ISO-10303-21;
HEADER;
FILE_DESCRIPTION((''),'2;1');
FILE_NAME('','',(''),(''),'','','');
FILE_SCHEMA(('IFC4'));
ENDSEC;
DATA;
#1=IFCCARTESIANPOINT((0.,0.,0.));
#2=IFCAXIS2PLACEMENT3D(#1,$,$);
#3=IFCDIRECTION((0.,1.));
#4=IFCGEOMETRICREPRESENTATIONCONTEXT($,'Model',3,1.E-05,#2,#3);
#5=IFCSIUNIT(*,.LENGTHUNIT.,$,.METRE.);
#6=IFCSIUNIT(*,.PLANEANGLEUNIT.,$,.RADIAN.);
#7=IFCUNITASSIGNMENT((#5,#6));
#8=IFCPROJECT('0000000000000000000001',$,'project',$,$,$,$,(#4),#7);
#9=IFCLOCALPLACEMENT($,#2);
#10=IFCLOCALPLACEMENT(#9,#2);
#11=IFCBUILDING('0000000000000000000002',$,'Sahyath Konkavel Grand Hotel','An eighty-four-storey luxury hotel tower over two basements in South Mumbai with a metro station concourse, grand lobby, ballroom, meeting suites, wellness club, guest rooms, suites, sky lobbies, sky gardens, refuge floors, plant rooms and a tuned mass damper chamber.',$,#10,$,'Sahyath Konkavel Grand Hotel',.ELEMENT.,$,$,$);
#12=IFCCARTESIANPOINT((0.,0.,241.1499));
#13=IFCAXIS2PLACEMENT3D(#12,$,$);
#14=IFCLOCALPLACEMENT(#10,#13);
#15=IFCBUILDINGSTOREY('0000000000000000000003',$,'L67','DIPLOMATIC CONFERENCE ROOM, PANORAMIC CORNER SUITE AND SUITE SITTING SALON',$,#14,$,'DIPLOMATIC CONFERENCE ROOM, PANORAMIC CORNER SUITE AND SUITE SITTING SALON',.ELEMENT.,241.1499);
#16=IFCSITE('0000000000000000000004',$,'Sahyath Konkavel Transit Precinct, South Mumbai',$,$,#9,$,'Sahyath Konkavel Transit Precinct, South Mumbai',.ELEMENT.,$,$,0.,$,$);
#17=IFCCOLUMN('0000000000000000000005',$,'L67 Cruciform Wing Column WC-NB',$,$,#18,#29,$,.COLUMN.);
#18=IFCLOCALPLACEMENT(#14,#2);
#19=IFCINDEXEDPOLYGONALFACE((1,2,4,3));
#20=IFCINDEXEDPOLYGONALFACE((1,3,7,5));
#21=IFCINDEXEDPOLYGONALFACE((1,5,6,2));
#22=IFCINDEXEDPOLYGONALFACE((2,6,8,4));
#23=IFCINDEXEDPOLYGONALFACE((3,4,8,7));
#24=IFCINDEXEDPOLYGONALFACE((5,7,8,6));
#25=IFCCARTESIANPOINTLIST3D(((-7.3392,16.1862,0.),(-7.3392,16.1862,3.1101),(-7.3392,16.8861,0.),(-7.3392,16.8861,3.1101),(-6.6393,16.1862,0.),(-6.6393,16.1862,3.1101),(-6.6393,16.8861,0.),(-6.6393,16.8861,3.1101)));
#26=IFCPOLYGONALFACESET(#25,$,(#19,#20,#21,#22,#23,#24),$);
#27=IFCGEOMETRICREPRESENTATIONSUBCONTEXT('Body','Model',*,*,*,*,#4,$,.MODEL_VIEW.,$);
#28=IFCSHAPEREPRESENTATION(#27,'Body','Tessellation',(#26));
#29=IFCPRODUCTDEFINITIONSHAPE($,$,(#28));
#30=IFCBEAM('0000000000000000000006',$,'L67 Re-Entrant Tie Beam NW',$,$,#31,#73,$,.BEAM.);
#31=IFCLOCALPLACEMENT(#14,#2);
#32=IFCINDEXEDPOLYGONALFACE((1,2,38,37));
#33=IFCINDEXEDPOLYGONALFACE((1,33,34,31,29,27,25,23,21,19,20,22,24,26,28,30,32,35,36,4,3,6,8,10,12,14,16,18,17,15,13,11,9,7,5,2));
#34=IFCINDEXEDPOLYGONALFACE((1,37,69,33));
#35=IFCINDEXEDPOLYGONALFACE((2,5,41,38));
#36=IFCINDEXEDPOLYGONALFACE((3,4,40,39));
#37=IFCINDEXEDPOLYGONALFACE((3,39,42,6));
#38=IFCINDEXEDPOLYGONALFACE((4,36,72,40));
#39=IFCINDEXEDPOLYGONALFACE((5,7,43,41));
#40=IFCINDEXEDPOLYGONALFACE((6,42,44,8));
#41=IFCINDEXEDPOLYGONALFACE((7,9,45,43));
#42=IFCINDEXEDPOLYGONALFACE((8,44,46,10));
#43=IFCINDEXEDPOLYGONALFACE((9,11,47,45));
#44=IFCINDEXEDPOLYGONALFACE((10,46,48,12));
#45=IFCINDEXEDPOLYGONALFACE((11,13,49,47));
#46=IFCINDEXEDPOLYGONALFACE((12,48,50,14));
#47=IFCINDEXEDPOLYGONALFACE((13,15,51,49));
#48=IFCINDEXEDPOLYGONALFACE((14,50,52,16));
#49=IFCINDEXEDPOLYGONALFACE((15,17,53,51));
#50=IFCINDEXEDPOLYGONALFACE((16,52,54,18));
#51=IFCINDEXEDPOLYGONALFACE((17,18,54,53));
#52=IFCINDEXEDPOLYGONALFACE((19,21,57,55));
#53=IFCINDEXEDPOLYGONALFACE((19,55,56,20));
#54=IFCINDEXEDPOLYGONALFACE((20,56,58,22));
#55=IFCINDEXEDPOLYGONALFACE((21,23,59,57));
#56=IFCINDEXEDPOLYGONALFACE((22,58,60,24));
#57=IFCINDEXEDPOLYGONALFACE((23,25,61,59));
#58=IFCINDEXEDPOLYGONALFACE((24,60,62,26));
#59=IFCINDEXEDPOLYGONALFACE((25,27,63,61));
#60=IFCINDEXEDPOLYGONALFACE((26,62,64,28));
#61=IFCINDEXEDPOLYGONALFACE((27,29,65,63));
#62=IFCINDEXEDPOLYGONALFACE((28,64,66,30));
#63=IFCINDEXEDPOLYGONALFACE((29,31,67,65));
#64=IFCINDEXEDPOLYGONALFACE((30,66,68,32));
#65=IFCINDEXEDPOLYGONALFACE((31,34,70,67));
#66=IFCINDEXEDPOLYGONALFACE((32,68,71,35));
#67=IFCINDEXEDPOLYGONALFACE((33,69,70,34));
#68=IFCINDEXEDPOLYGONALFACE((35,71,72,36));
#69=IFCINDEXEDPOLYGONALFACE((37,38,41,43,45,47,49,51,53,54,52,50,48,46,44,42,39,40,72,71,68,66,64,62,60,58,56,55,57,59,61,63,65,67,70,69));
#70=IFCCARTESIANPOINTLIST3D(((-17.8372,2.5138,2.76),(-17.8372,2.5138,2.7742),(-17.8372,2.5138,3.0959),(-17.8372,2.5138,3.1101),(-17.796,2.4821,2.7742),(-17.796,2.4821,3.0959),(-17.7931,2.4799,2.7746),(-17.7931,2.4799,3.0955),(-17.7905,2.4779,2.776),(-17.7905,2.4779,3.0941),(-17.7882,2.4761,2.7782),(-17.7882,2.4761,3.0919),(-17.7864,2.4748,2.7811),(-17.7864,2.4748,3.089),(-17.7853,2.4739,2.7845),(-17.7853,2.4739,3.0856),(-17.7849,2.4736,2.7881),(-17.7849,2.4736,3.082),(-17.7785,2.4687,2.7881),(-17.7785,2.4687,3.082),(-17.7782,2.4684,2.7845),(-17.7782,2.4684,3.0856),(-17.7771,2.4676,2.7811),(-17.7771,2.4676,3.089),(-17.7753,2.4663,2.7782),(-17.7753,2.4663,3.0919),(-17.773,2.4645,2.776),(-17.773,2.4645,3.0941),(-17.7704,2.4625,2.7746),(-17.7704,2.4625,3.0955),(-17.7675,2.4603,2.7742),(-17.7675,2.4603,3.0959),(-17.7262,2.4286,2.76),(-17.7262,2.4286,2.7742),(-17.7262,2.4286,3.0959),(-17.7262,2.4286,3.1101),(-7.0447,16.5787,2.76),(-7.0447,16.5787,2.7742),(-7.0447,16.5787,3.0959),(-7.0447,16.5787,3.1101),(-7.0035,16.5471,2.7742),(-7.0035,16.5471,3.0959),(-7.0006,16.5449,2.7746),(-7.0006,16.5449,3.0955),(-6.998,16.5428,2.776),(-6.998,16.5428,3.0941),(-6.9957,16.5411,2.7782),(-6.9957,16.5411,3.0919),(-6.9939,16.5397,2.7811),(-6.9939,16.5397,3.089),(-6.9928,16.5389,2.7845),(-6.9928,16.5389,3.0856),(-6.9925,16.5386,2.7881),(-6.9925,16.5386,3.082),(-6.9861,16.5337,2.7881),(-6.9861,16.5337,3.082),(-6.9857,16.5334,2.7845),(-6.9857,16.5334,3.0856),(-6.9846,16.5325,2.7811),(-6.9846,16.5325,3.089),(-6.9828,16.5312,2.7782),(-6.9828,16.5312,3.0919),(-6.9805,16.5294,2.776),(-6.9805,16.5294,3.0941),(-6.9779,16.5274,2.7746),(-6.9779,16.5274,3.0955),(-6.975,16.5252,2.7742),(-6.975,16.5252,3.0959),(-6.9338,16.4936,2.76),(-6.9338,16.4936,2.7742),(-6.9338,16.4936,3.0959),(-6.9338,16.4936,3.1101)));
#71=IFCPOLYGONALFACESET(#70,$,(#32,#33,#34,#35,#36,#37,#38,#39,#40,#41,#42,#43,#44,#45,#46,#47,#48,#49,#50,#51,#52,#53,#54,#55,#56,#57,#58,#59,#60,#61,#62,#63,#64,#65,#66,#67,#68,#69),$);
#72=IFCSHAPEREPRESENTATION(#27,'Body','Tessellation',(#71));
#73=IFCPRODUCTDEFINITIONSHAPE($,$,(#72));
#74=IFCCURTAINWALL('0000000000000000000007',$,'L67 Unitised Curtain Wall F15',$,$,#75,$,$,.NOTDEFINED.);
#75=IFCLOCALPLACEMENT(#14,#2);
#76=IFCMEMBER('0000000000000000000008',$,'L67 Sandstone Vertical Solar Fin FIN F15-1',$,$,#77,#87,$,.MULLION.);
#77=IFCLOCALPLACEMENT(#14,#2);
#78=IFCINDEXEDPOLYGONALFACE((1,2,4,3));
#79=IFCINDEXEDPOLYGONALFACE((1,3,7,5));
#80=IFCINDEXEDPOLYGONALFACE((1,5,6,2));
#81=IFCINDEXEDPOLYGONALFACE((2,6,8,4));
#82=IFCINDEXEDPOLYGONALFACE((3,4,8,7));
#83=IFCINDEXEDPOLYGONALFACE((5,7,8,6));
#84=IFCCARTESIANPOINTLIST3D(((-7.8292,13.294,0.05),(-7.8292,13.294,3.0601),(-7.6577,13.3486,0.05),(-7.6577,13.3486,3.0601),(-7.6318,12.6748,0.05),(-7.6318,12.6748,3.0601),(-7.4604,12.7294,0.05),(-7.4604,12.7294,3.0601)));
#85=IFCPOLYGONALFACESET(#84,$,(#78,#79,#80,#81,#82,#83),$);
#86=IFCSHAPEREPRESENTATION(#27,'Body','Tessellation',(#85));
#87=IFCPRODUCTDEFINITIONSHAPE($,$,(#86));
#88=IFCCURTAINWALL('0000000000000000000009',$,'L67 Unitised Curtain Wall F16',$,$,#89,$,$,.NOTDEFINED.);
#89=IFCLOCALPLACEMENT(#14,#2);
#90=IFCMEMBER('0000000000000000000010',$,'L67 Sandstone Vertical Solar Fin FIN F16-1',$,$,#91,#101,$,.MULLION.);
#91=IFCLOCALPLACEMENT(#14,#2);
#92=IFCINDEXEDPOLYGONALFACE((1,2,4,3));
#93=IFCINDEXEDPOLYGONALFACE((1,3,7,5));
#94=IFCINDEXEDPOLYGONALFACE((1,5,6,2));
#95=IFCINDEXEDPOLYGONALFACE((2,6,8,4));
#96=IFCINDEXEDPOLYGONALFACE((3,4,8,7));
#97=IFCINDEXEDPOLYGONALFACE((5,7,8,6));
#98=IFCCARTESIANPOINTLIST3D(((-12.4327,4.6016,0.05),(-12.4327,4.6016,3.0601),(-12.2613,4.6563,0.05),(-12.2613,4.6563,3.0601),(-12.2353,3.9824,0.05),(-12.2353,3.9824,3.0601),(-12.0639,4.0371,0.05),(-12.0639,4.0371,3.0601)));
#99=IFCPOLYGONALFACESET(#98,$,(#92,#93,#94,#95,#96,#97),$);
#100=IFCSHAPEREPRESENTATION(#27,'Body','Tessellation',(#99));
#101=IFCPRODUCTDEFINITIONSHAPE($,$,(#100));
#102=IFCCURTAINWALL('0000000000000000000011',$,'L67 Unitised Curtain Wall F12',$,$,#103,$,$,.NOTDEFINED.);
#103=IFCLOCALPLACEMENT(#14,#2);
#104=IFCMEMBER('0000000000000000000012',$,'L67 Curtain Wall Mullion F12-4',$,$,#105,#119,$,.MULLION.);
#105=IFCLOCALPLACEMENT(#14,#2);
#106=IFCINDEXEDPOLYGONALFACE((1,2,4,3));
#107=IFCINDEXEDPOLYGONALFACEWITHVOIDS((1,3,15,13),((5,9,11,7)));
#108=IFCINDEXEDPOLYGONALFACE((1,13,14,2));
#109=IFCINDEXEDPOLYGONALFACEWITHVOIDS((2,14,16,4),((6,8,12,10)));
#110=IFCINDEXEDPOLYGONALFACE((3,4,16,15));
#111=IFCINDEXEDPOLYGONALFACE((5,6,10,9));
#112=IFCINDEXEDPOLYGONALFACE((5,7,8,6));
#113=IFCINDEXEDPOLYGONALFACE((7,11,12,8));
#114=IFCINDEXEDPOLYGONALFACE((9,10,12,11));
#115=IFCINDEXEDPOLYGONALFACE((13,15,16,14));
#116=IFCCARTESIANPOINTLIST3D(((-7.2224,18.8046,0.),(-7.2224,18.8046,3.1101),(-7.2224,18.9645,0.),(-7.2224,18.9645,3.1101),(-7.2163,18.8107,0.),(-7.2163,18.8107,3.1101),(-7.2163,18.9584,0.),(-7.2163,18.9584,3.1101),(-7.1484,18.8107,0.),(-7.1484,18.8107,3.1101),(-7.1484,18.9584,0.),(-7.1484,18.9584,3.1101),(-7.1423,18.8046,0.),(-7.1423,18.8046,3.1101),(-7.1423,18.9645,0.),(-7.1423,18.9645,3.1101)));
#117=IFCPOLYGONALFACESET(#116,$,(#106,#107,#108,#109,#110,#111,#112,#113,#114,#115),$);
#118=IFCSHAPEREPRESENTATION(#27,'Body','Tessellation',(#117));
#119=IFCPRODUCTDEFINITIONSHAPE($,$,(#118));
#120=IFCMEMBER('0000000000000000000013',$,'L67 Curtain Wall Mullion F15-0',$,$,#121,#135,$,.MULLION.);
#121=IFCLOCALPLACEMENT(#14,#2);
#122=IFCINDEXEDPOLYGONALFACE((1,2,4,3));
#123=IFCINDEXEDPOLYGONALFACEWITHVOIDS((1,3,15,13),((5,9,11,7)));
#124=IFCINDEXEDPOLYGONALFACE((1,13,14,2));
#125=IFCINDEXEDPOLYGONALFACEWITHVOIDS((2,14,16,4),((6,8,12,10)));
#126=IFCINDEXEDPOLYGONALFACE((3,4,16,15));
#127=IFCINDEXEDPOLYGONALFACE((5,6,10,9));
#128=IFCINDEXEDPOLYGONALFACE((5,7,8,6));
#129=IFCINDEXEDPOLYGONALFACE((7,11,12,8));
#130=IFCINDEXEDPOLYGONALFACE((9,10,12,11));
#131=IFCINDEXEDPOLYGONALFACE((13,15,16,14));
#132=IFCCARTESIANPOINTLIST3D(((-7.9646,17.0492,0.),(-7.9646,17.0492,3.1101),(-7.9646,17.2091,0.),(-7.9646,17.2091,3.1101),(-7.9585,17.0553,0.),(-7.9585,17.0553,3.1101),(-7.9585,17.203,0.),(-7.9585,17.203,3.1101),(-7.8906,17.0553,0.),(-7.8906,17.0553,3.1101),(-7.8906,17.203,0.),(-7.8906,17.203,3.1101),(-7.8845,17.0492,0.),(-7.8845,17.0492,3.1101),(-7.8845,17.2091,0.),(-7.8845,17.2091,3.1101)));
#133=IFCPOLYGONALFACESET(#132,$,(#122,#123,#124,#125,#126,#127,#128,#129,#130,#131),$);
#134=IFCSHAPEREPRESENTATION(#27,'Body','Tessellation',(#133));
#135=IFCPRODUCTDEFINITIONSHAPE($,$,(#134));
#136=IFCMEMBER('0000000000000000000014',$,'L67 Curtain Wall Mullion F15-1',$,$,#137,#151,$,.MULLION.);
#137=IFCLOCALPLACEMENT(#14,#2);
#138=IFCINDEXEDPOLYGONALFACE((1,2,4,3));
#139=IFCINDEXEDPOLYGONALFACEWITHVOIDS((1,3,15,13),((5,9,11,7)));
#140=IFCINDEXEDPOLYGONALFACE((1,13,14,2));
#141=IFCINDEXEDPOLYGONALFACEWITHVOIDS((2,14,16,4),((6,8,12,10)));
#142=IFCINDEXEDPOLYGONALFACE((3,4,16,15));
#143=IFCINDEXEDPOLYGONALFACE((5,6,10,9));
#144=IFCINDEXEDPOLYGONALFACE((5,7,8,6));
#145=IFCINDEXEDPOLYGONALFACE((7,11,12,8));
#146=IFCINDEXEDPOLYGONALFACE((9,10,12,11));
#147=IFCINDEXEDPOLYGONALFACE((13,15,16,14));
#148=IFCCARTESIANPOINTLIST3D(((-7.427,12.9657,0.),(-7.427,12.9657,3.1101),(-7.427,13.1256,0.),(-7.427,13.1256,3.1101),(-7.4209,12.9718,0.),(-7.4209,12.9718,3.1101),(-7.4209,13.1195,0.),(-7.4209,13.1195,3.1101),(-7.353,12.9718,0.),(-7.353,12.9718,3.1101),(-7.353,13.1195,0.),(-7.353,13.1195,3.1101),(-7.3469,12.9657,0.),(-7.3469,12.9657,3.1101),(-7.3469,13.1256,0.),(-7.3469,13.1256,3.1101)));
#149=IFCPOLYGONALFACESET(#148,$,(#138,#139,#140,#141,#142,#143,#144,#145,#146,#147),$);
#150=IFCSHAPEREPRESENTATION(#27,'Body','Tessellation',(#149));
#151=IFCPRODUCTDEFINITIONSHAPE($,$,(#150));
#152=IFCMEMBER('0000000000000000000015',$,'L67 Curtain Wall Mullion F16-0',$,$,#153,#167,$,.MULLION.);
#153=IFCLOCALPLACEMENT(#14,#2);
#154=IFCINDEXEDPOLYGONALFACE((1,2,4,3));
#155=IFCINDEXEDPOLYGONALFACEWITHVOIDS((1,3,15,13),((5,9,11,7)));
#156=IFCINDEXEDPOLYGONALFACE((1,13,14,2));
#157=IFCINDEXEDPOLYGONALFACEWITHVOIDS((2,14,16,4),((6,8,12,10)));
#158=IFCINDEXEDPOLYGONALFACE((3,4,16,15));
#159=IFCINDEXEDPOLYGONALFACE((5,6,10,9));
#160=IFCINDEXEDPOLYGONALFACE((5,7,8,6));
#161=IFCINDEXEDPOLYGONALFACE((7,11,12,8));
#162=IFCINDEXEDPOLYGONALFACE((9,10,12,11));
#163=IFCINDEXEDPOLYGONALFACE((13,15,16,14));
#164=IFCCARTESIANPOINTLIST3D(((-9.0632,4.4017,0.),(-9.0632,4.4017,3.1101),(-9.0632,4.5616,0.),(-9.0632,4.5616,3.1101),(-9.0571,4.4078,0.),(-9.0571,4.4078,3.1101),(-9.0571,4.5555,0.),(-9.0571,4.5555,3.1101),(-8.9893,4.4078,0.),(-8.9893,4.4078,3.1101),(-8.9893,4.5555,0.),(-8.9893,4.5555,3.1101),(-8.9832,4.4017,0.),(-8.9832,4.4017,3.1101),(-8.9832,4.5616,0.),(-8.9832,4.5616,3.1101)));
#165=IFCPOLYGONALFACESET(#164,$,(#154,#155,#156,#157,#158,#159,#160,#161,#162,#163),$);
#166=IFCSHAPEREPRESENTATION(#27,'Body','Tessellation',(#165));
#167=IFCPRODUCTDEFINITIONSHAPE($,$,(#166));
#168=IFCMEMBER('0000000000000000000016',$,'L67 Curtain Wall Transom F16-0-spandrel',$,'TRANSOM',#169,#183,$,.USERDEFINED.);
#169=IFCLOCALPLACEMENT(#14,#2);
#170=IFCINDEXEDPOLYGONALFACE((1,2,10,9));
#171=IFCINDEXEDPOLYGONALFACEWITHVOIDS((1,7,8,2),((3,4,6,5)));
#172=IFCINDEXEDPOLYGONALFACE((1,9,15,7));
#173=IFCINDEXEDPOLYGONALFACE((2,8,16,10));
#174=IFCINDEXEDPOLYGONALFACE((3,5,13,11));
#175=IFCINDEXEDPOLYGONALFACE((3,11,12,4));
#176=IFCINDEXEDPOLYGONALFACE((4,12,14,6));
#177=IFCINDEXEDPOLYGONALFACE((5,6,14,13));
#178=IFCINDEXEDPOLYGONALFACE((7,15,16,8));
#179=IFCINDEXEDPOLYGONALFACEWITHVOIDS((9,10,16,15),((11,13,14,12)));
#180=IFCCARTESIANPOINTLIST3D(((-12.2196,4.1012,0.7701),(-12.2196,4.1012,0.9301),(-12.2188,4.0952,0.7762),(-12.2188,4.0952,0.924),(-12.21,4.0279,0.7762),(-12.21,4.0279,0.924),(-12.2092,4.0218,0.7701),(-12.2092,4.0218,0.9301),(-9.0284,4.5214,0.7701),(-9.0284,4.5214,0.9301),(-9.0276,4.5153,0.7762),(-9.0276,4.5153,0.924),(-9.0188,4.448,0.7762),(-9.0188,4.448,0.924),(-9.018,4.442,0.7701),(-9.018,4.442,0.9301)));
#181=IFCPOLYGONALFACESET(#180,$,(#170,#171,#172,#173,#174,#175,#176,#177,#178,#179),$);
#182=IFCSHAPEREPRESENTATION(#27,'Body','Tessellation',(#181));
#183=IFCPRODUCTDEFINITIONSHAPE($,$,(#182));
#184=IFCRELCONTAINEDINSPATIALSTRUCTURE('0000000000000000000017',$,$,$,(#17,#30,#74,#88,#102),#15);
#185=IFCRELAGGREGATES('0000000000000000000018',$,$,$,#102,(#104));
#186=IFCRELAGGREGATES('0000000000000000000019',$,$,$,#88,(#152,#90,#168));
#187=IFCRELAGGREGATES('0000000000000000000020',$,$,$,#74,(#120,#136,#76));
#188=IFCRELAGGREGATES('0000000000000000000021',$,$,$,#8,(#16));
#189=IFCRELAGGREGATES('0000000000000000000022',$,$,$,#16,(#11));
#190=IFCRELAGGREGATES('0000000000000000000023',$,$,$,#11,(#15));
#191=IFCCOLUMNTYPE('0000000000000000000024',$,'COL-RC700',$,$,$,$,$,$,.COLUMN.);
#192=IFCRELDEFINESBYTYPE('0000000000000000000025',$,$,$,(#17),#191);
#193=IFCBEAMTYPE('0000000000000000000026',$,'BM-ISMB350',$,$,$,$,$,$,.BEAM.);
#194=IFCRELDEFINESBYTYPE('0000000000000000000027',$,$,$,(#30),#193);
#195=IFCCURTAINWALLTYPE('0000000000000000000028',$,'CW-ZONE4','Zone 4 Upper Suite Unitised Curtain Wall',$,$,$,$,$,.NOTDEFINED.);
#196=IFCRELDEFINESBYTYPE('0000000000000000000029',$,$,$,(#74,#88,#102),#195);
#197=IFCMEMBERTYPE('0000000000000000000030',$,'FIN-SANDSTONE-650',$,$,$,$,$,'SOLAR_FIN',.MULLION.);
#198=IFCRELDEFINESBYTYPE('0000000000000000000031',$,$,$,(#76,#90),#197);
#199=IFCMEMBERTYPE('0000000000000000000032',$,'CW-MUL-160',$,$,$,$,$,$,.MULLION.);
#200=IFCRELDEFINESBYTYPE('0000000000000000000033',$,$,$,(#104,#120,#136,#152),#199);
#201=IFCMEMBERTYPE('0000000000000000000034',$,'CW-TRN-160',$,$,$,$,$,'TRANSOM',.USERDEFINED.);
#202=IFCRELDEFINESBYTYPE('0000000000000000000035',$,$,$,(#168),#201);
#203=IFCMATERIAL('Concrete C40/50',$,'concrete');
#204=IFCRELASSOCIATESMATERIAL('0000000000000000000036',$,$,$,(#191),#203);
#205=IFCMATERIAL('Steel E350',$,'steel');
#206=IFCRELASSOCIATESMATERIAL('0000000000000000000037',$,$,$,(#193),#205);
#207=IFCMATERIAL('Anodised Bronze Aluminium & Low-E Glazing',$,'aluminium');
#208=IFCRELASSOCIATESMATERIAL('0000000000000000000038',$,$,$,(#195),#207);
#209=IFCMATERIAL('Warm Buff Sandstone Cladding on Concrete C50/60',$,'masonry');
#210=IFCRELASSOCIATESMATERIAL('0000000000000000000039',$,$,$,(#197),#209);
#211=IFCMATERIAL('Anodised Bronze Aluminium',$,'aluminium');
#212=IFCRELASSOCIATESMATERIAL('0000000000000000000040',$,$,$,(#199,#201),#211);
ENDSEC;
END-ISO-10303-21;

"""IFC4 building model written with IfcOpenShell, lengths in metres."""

from ifc_helpers import new_model, si_unit, direction, frame, origin, origin_2d, place, context, subcontext, project, spatial, rectangle, hollow_rectangle, i_section, extrude, source, transform, mapped, material, material_profile, profile_set, type_object, element, aggregate, save


model = new_model("IFC4")

# Units and contexts
model_context = context("Model", 3, precision=1e-05, world=origin(), true_north=direction((0.0, 1.0)))
body_context = subcontext(model_context, "Body", "Model", "MODEL_VIEW")
ifc_project = project(units=[si_unit("LENGTHUNIT", "METRE"), si_unit("PLANEANGLEUNIT", "RADIAN")], contexts=[model_context])

# Site, building, storey
site_placement = place(None, origin())
site = spatial("IfcSite", under=ifc_project, at=site_placement, Name="Sahyath Konkavel Transit Precinct, South Mumbai", LongName="Sahyath Konkavel Transit Precinct, South Mumbai", CompositionType="ELEMENT", RefElevation=0.0)
building_placement = place(site_placement, origin())
building = spatial("IfcBuilding", under=site, at=building_placement, Name="Sahyath Konkavel Grand Hotel", Description="An eighty-four-storey luxury hotel tower over two basements in South Mumbai with a metro station concourse, grand lobby, ballroom, meeting suites, wellness club, guest rooms, suites, sky lobbies, sky gardens, refuge floors, plant rooms and a tuned mass damper chamber.", LongName="Sahyath Konkavel Grand Hotel", CompositionType="ELEMENT")
storey_placement = place(building_placement, frame((0.0, 0.0, 241.1499)))
storey = spatial("IfcBuildingStorey", under=building, at=storey_placement, Name="L67", Description="DIPLOMATIC CONFERENCE ROOM, PANORAMIC CORNER SUITE AND SUITE SITTING SALON", LongName="DIPLOMATIC CONFERENCE ROOM, PANORAMIC CORNER SUITE AND SUITE SITTING SALON", CompositionType="ELEMENT", Elevation=241.1499)

# Column
ifc_material_1 = material(Name="Concrete C40/50", Category="concrete")
ifc_material_profile_1 = material_profile(ifc_material_1, rectangle(XDim=0.7, YDim=0.7, at=origin_2d()), Name="RC 700x700")
ifc_profile_set_1 = profile_set([ifc_material_profile_1], Name="Concrete C40/50")
column_type = type_object("IfcColumnType", Name="COL-RC700", PredefinedType="COLUMN", material=ifc_profile_set_1)
shared_shape_1 = source(origin(), body_context, "Body", "SweptSolid", [
    extrude(rectangle(XDim=0.7, YDim=0.7, at=origin_2d()), origin(), (0.0, 0.0, 1.0), 3.1101),
])
column_placement = place(storey_placement, frame((-6.9893, 16.5361, 0.0), z_axis=(0.0, 0.0, 1.0), x_axis=(1.0, 0.0, 0.0)))
element("IfcColumn", 1, at=column_placement, inside=storey, type_object=column_type, Name="L67 Cruciform Wing Column WC-NB", PredefinedType="COLUMN", context=body_context, shape_type="MappedRepresentation", body=[
    mapped(shared_shape_1, transform((0.0, 0.0, 0.0), scale=1.0)),
])

# Beam
ifc_material_2 = material(Name="Steel E350", Category="steel")
ifc_material_profile_2 = material_profile(ifc_material_2, i_section(OverallWidth=0.1399, OverallDepth=0.3501, WebThickness=0.0081, FlangeThickness=0.0142, FilletRadius=0.0139, at=origin_2d()), Name="ISMB 350")
ifc_profile_set_2 = profile_set([ifc_material_profile_2], Name="Steel E350")
beam_type = type_object("IfcBeamType", Name="BM-ISMB350", PredefinedType="BEAM", material=ifc_profile_set_2)
shared_shape_2 = source(origin(), body_context, "Body", "SweptSolid", [
    extrude(i_section(OverallWidth=0.1399, OverallDepth=0.3501, WebThickness=0.0081, FlangeThickness=0.0142, FilletRadius=0.0139, at=origin_2d()), origin(), (0.0, 0.0, 1.0), 17.7285),
])
beam_placement = place(storey_placement, frame((-6.9893, 16.5361, 2.9351), z_axis=(-0.608764, -0.793351, 0.0), x_axis=(0.793351, -0.608764, 0.0)))
element("IfcBeam", 2, at=beam_placement, inside=storey, type_object=beam_type, Name="L67 Re-Entrant Tie Beam NW", PredefinedType="BEAM", context=body_context, shape_type="MappedRepresentation", body=[
    mapped(shared_shape_2, transform((0.0, 0.0, 0.0), scale=1.0)),
])

# Curtain walls, members
ifc_material_3 = material(Name="Anodised Bronze Aluminium & Low-E Glazing", Category="aluminium")
curtain_wall_type = type_object("IfcCurtainWallType", Name="CW-ZONE4", Description="Zone 4 Upper Suite Unitised Curtain Wall", PredefinedType="NOTDEFINED", material=ifc_material_3)
curtain_wall_1_placement = place(storey_placement, origin())
curtain_wall_1 = element("IfcCurtainWall", 3, at=curtain_wall_1_placement, inside=storey, type_object=curtain_wall_type, Name="L67 Unitised Curtain Wall F15", PredefinedType="NOTDEFINED")
ifc_material_4 = material(Name="Warm Buff Sandstone Cladding on Concrete C50/60", Category="masonry")
ifc_material_profile_3 = material_profile(ifc_material_4, rectangle(XDim=0.1799, YDim=0.6499, at=origin_2d()), Name="FIN 180x650")
ifc_profile_set_3 = profile_set([ifc_material_profile_3], Name="Warm Buff Sandstone Cladding on Concrete C50/60")
member_type_1 = type_object("IfcMemberType", Name="FIN-SANDSTONE-650", ElementType="SOLAR_FIN", PredefinedType="MULLION", material=ifc_profile_set_3)
shared_shape_3 = source(origin(), body_context, "Body", "SweptSolid", [
    extrude(rectangle(XDim=0.1799, YDim=0.6499, at=origin_2d()), origin(), (0.0, 0.0, 1.0), 3.01),
])
member_1_placement = place(storey_placement, frame((-7.6448, 13.0117, 0.05), z_axis=(0.0, 0.0, 1.0), x_axis=(0.952768, 0.303701, 0.0)))
member_1 = element("IfcMember", 4, at=member_1_placement, type_object=member_type_1, Name="L67 Sandstone Vertical Solar Fin FIN F15-1", PredefinedType="MULLION", context=body_context, shape_type="MappedRepresentation", body=[
    mapped(shared_shape_3, transform((0.0, 0.0, 0.0), scale=1.0)),
])
curtain_wall_2_placement = place(storey_placement, origin())
curtain_wall_2 = element("IfcCurtainWall", 5, at=curtain_wall_2_placement, inside=storey, type_object=curtain_wall_type, Name="L67 Unitised Curtain Wall F16", PredefinedType="NOTDEFINED")
member_2_placement = place(storey_placement, frame((-12.2483, 4.3193, 0.05), z_axis=(0.0, 0.0, 1.0), x_axis=(0.952768, 0.303701, 0.0)))
member_2 = element("IfcMember", 6, at=member_2_placement, type_object=member_type_1, Name="L67 Sandstone Vertical Solar Fin FIN F16-1", PredefinedType="MULLION", context=body_context, shape_type="MappedRepresentation", body=[
    mapped(shared_shape_3, transform((0.0, 0.0, 0.0), scale=1.0)),
])
curtain_wall_3_placement = place(storey_placement, origin())
curtain_wall_3 = element("IfcCurtainWall", 7, at=curtain_wall_3_placement, inside=storey, type_object=curtain_wall_type, Name="L67 Unitised Curtain Wall F12", PredefinedType="NOTDEFINED")
ifc_material_5 = material(Name="Anodised Bronze Aluminium", Category="aluminium")
ifc_material_profile_4 = material_profile(ifc_material_5, hollow_rectangle(XDim=0.0801, YDim=0.1599, WallThickness=0.0061, at=origin_2d()), Name="RHS 160x80x6")
ifc_profile_set_4 = profile_set([ifc_material_profile_4], Name="Anodised Bronze Aluminium")
member_type_2 = type_object("IfcMemberType", Name="CW-MUL-160", PredefinedType="MULLION", material=ifc_profile_set_4)
shared_shape_4 = source(origin(), body_context, "Body", "SweptSolid", [
    extrude(hollow_rectangle(XDim=0.0801, YDim=0.1599, WallThickness=0.0061, at=origin_2d()), origin(), (0.0, 0.0, 1.0), 3.1101),
])
member_3_placement = place(storey_placement, frame((-7.1824, 18.8845, 0.0), z_axis=(0.0, 0.0, 1.0), x_axis=(1.0, 0.0, 0.0)))
member_3 = element("IfcMember", 8, at=member_3_placement, type_object=member_type_2, Name="L67 Curtain Wall Mullion F12-4", PredefinedType="MULLION", context=body_context, shape_type="MappedRepresentation", body=[
    mapped(shared_shape_4, transform((0.0, 0.0, 0.0), scale=1.0)),
])
aggregate(curtain_wall_3, [member_3])

# Members
member_4_placement = place(storey_placement, frame((-7.9246, 17.1292, 0.0), z_axis=(0.0, 0.0, 1.0), x_axis=(1.0, 0.0, 0.0)))
member_4 = element("IfcMember", 9, at=member_4_placement, type_object=member_type_2, Name="L67 Curtain Wall Mullion F15-0", PredefinedType="MULLION", context=body_context, shape_type="MappedRepresentation", body=[
    mapped(shared_shape_4, transform((0.0, 0.0, 0.0), scale=1.0)),
])
member_5_placement = place(storey_placement, frame((-7.387, 13.0457, 0.0), z_axis=(0.0, 0.0, 1.0), x_axis=(1.0, 0.0, 0.0)))
member_5 = element("IfcMember", 10, at=member_5_placement, type_object=member_type_2, Name="L67 Curtain Wall Mullion F15-1", PredefinedType="MULLION", context=body_context, shape_type="MappedRepresentation", body=[
    mapped(shared_shape_4, transform((0.0, 0.0, 0.0), scale=1.0)),
])
member_6_placement = place(storey_placement, frame((-9.0232, 4.4817, 0.0), z_axis=(0.0, 0.0, 1.0), x_axis=(1.0, 0.0, 0.0)))
member_6 = element("IfcMember", 11, at=member_6_placement, type_object=member_type_2, Name="L67 Curtain Wall Mullion F16-0", PredefinedType="MULLION", context=body_context, shape_type="MappedRepresentation", body=[
    mapped(shared_shape_4, transform((0.0, 0.0, 0.0), scale=1.0)),
])
ifc_material_profile_5 = material_profile(ifc_material_5, hollow_rectangle(XDim=0.0801, YDim=0.1599, WallThickness=0.0061, at=origin_2d()), Name="RHS 160x80x6")
ifc_profile_set_5 = profile_set([ifc_material_profile_5], Name="Anodised Bronze Aluminium")
member_type_3 = type_object("IfcMemberType", Name="CW-TRN-160", ElementType="TRANSOM", PredefinedType="USERDEFINED", material=ifc_profile_set_5)
shared_shape_5 = source(origin(), body_context, "Body", "SweptSolid", [
    extrude(hollow_rectangle(XDim=0.0801, YDim=0.1599, WallThickness=0.0061, at=origin_2d()), origin(), (0.0, 0.0, 1.0), 3.2188),
])
member_7_placement = place(storey_placement, frame((-9.0232, 4.4817, 0.8501), z_axis=(-0.991443, -0.130539, 0.0), x_axis=(0.130539, -0.991443, 0.0)))
member_7 = element("IfcMember", 12, at=member_7_placement, type_object=member_type_3, Name="L67 Curtain Wall Transom F16-0-spandrel", ObjectType="TRANSOM", PredefinedType="USERDEFINED", context=body_context, shape_type="MappedRepresentation", body=[
    mapped(shared_shape_5, transform((0.0, 0.0, 0.0), scale=1.0)),
])

aggregate(curtain_wall_2, [member_6, member_2, member_7])
aggregate(curtain_wall_1, [member_4, member_5, member_1])

save(model, "model.ifc")
